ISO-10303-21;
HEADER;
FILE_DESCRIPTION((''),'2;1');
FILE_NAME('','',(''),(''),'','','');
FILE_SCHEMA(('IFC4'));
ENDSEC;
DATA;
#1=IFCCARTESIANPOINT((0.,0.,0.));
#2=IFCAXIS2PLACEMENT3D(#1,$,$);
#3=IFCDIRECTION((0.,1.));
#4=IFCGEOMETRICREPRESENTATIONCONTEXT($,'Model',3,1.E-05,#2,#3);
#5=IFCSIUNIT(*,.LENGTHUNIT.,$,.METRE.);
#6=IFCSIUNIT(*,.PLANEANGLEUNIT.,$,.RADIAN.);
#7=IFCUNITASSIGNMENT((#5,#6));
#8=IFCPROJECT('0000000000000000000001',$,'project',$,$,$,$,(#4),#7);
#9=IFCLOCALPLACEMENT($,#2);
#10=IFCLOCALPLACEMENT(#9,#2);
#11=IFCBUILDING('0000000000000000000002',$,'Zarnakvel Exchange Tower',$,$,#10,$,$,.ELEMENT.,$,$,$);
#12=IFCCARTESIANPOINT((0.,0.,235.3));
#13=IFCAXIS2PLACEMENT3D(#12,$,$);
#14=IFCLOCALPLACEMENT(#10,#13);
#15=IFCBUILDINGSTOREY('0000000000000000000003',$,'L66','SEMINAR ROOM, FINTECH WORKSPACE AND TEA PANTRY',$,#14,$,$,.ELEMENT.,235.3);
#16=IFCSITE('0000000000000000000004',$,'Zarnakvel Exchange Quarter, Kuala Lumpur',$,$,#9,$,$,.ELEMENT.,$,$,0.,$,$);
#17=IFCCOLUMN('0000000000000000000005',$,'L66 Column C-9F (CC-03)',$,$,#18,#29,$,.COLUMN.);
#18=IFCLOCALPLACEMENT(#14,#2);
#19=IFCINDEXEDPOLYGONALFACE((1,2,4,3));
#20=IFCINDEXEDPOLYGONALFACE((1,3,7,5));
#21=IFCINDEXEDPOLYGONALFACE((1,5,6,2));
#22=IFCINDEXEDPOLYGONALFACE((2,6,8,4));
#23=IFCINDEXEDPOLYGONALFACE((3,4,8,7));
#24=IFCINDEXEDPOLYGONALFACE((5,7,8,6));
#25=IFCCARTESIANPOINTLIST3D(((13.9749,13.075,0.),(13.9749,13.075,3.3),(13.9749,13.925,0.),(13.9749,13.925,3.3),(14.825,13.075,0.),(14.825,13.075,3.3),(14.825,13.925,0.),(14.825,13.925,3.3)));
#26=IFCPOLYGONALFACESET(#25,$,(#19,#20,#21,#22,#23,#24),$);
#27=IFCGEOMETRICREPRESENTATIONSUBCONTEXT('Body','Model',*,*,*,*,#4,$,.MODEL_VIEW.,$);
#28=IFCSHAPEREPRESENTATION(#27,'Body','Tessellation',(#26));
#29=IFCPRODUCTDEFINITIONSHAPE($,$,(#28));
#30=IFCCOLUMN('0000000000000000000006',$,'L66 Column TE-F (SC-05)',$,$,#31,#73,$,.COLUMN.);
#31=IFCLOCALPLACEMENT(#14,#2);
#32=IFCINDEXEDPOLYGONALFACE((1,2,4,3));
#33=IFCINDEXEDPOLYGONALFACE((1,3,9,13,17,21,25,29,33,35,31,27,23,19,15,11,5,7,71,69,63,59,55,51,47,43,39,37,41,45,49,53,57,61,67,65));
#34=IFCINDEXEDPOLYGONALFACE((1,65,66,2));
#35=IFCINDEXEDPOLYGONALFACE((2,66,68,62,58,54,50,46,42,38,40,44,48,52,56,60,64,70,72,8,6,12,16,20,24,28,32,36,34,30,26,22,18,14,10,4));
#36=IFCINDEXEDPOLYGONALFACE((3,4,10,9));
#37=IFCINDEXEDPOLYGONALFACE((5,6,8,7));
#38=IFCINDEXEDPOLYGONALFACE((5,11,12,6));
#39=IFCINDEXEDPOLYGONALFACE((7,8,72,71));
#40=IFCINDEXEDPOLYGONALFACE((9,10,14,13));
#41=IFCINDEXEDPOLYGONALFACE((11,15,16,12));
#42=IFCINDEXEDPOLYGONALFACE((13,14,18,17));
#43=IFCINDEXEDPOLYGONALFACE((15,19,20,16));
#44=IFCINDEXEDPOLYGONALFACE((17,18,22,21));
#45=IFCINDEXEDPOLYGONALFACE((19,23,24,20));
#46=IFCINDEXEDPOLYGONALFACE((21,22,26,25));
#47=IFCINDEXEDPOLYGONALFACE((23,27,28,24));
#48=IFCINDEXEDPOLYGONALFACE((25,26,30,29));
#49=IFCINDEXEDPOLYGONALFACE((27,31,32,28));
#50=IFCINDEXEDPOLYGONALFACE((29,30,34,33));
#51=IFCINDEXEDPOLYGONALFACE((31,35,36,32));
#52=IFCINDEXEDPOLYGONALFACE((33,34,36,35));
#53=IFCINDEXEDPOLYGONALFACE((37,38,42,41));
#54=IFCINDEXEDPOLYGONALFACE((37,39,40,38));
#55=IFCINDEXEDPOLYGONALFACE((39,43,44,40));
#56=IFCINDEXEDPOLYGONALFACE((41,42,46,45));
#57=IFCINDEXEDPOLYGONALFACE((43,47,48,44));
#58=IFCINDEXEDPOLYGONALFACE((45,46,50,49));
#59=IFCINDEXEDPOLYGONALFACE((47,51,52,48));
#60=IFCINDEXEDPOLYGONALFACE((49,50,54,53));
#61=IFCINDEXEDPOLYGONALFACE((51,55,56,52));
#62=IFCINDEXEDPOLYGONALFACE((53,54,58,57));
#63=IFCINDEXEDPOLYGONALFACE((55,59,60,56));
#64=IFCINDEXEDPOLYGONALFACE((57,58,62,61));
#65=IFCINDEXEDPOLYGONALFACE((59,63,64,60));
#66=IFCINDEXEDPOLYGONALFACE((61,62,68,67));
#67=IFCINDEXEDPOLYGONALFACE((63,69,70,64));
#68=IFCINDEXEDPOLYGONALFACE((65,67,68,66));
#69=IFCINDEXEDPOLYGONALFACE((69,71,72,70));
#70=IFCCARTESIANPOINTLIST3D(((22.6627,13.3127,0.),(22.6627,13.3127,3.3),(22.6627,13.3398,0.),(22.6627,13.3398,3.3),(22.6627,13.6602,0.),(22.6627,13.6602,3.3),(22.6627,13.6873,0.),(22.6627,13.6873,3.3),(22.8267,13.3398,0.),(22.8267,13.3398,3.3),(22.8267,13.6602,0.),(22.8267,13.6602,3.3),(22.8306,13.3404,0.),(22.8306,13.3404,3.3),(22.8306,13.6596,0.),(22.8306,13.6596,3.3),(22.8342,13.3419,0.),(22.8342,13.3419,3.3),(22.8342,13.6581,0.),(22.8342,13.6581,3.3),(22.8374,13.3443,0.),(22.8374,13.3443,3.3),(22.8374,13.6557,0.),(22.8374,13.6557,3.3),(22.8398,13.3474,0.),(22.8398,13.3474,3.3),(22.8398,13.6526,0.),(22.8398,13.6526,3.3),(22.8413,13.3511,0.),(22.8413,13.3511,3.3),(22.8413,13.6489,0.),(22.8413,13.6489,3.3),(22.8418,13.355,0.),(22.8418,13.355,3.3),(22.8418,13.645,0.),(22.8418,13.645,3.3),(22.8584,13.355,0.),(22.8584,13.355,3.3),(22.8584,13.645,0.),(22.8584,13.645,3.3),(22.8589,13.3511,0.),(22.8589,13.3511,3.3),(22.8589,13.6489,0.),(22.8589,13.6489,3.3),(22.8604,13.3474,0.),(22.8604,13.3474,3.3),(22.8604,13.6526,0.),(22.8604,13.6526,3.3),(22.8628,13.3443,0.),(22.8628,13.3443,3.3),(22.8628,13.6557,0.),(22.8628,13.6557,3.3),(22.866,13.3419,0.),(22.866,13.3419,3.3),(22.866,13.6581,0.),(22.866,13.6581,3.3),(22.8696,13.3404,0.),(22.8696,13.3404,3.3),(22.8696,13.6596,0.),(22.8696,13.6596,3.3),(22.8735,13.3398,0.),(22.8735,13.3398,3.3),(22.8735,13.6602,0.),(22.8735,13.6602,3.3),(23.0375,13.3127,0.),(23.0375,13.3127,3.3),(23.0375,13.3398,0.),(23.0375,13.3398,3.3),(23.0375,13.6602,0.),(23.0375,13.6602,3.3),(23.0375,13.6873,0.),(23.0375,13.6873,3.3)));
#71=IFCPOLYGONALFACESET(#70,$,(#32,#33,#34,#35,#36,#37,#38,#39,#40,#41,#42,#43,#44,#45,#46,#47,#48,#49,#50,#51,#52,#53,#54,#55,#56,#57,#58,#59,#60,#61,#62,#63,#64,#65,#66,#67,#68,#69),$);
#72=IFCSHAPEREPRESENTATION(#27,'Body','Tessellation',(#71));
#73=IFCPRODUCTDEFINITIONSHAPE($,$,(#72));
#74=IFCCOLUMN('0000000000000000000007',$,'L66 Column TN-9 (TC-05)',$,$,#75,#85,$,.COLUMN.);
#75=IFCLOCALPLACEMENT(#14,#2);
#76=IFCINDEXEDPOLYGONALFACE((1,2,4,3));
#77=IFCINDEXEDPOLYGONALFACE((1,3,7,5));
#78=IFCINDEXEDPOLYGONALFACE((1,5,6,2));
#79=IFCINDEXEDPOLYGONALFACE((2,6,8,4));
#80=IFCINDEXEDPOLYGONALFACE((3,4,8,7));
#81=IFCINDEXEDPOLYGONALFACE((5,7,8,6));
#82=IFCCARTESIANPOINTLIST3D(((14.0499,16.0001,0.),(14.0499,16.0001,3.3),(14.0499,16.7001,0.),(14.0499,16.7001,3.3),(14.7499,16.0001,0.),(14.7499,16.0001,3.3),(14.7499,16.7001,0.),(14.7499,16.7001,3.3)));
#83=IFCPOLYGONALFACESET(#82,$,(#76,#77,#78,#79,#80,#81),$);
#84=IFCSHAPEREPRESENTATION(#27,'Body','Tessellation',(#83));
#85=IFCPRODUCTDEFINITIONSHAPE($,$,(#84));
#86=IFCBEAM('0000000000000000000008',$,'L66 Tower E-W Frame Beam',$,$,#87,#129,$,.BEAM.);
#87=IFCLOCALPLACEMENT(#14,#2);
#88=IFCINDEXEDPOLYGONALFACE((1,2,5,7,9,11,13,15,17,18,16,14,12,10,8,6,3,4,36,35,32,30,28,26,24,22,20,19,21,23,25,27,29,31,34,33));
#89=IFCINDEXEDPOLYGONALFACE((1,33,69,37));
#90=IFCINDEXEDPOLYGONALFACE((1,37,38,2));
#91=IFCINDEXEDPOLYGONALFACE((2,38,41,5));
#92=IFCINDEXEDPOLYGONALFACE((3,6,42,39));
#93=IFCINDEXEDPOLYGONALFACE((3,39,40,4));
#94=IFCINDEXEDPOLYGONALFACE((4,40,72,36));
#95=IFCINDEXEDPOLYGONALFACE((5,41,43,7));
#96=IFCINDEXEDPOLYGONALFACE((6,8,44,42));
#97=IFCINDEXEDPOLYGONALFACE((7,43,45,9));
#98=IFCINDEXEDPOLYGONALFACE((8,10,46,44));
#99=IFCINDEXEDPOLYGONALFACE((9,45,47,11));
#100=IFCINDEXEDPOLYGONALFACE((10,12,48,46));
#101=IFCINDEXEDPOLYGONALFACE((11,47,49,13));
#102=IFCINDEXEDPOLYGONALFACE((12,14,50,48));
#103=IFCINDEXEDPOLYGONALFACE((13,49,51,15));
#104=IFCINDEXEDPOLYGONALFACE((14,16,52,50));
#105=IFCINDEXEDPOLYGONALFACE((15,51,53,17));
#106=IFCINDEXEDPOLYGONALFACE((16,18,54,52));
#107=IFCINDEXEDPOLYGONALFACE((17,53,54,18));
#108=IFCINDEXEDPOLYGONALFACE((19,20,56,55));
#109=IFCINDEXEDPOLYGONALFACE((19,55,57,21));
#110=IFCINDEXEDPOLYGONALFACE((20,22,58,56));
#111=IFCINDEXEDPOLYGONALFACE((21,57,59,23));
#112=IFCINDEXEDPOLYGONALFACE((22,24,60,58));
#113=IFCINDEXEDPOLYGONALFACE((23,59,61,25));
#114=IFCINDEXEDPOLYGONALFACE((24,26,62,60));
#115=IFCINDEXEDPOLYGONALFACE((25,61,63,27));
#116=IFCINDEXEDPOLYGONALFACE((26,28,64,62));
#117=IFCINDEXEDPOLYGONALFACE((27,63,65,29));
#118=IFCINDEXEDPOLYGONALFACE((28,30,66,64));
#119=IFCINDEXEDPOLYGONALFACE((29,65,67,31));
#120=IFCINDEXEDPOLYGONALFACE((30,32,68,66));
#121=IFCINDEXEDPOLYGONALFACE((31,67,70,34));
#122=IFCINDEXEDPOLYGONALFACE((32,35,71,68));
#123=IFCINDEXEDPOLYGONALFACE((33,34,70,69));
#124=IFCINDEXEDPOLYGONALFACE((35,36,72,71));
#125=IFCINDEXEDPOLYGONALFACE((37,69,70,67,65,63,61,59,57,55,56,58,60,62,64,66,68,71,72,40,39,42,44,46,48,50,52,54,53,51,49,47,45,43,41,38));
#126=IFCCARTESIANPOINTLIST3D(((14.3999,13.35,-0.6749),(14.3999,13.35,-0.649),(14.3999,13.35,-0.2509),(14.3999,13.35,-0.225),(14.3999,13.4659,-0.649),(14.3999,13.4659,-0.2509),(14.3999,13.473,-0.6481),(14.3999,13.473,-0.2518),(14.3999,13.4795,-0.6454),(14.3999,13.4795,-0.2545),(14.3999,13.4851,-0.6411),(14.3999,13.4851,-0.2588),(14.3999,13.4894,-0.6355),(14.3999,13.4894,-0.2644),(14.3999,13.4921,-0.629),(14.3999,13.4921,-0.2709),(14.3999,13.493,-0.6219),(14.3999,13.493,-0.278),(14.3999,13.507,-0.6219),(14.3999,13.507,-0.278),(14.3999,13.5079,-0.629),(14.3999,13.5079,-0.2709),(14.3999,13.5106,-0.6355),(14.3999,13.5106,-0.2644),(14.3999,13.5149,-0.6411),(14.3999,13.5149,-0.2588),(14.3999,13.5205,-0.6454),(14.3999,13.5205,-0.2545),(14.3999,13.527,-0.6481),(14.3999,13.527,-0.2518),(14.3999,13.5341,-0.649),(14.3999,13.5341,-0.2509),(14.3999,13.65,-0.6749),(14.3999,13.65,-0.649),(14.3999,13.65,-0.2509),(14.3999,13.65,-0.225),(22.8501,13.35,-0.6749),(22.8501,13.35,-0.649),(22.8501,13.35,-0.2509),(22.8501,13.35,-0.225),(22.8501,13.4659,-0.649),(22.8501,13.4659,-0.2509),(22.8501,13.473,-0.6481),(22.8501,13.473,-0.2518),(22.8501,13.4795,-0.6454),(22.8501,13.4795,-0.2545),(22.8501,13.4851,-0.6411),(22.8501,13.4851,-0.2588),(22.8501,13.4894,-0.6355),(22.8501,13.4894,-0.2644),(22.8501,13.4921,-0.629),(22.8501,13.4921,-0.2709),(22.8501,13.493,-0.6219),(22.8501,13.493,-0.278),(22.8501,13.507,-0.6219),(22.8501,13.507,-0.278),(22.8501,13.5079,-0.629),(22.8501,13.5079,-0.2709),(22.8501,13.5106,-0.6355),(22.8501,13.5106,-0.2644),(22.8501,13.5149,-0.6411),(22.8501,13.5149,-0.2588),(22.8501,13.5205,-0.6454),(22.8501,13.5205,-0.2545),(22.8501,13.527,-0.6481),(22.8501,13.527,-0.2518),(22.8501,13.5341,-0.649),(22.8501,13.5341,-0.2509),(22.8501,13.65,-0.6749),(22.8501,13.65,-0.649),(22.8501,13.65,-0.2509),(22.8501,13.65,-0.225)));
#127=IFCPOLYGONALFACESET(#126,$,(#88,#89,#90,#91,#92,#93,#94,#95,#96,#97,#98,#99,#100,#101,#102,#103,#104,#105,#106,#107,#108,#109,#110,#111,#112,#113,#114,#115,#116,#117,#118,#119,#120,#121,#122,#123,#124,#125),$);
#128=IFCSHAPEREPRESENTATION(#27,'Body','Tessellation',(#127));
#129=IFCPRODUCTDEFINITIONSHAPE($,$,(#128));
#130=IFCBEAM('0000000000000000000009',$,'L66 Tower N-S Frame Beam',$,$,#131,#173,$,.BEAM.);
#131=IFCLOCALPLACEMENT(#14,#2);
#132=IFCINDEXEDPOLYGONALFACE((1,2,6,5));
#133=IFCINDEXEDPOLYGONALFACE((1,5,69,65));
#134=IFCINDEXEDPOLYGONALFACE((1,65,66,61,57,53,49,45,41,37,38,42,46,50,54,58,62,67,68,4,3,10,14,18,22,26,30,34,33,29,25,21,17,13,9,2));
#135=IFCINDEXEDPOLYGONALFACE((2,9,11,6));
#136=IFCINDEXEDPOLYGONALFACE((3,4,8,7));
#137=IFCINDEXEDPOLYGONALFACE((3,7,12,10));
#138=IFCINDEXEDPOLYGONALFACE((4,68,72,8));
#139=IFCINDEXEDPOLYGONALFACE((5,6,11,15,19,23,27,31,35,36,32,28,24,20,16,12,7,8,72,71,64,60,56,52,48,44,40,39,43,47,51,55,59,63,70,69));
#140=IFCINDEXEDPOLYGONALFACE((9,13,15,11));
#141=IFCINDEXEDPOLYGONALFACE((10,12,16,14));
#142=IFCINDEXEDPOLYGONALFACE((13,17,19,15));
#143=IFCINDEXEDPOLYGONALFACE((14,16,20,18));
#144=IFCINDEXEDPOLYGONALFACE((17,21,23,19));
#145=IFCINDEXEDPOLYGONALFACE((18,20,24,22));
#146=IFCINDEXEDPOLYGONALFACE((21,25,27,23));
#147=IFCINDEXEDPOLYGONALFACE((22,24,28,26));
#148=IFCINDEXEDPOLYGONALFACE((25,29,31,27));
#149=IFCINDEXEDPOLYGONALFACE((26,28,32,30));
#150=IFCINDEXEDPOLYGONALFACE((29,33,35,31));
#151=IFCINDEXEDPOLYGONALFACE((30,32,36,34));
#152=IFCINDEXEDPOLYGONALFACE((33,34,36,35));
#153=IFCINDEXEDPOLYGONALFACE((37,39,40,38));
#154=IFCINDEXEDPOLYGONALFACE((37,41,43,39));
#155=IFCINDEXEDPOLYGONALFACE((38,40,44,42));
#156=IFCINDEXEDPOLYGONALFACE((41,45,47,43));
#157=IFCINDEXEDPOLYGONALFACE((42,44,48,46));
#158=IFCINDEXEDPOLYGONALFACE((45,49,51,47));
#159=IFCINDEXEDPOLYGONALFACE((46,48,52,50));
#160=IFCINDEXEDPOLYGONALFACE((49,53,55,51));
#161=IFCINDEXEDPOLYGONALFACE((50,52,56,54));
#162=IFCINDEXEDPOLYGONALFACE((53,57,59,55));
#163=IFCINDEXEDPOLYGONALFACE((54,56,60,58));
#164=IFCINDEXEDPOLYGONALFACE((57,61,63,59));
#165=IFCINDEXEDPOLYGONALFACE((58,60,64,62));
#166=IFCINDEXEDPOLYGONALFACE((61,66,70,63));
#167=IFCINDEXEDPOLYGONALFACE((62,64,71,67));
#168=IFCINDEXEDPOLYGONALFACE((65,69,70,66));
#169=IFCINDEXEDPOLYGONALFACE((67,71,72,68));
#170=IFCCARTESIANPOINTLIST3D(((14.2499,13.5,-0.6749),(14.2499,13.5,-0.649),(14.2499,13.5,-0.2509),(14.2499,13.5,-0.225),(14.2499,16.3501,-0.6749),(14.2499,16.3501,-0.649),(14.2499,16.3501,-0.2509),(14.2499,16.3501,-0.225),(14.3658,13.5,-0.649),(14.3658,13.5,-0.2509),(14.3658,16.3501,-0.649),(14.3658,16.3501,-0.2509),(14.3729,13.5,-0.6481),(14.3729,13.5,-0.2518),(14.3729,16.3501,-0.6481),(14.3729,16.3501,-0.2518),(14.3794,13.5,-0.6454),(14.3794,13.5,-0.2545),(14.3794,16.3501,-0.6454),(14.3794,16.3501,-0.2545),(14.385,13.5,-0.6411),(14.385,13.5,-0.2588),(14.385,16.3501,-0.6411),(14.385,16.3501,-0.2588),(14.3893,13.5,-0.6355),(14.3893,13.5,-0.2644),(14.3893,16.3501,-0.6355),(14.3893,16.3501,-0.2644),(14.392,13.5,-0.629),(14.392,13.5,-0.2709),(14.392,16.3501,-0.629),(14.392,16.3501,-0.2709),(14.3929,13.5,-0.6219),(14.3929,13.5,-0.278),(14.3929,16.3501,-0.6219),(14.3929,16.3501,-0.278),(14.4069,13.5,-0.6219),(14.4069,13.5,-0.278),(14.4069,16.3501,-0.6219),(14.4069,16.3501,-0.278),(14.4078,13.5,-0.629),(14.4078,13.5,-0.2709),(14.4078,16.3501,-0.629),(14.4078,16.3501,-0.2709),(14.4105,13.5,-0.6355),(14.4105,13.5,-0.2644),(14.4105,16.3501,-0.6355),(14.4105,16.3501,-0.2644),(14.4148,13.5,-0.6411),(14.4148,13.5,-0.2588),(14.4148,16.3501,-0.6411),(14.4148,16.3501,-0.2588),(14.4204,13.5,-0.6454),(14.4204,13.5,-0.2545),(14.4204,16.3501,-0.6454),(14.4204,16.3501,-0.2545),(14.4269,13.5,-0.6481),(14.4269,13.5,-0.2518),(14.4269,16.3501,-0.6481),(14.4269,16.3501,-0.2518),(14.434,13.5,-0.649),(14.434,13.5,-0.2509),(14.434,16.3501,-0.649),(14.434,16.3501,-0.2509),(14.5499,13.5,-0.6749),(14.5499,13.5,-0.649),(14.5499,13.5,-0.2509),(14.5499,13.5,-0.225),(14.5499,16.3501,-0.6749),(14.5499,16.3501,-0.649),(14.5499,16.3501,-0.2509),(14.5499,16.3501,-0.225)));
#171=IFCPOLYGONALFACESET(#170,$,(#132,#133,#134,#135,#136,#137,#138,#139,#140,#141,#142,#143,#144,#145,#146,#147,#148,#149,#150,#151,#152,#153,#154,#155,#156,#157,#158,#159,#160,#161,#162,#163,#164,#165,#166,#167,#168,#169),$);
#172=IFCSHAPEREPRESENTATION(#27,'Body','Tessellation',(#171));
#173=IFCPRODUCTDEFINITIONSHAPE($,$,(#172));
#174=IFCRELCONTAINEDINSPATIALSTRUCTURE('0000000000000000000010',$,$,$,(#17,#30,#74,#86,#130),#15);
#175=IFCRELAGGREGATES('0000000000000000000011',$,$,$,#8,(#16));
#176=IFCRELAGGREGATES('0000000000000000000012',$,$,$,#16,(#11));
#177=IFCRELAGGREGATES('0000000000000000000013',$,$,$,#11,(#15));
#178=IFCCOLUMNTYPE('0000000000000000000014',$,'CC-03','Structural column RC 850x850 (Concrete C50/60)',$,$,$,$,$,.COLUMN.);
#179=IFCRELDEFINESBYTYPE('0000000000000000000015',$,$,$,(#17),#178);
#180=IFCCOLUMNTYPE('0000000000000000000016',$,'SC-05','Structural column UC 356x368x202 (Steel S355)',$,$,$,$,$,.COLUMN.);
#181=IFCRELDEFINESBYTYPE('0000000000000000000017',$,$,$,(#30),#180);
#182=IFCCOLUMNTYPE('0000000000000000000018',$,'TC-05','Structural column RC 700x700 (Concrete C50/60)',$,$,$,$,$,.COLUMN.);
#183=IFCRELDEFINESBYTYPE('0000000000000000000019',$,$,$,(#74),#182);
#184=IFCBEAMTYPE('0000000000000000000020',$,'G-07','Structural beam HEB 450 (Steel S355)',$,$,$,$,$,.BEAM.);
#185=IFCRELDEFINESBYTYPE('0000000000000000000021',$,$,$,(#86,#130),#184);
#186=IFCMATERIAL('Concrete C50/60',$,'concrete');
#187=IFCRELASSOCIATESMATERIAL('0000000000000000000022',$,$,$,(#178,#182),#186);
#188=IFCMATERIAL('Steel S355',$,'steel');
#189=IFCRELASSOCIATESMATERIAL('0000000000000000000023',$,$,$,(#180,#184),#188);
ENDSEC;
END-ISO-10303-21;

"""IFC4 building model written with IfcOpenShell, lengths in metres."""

from ifc_helpers import new_model, si_unit, direction, frame, origin, origin_2d, place, context, subcontext, project, spatial, rectangle, i_section, extrude, material, material_profile, profile_set, type_object, element, save


model = new_model("IFC4")

# Units and contexts
model_context = context("Model", 3, precision=1e-05, world=origin(), true_north=direction((0.0, 1.0)))
body_context = subcontext(model_context, "Body", "Model", "MODEL_VIEW")
ifc_project = project(units=[si_unit("LENGTHUNIT", "METRE"), si_unit("PLANEANGLEUNIT", "RADIAN")], contexts=[model_context])

# Site, building, storey
site_placement = place(None, origin())
site = spatial("IfcSite", under=ifc_project, at=site_placement, Name="Zarnakvel Exchange Quarter, Kuala Lumpur", CompositionType="ELEMENT", RefElevation=0.0)
building_placement = place(site_placement, origin())
building = spatial("IfcBuilding", under=site, at=building_placement, Name="Zarnakvel Exchange Tower", CompositionType="ELEMENT")
storey_placement = place(building_placement, frame((0.0, 0.0, 235.3)))
storey = spatial("IfcBuildingStorey", under=building, at=storey_placement, Name="L66", Description="SEMINAR ROOM, FINTECH WORKSPACE AND TEA PANTRY", CompositionType="ELEMENT", Elevation=235.3)

# Columns
ifc_material_1 = material(Name="Concrete C50/60", Category="concrete")
ifc_material_profile_1 = material_profile(ifc_material_1, rectangle(XDim=0.8501, YDim=0.8501, at=origin_2d()))
ifc_profile_set_1 = profile_set([ifc_material_profile_1], Name="Concrete C50/60")
column_type_1 = type_object("IfcColumnType", Name="CC-03", Description="Structural column RC 850x850 (Concrete C50/60)", PredefinedType="COLUMN", material=ifc_profile_set_1)
column_1_placement = place(storey_placement, frame((14.3999, 13.5, 0.0), z_axis=(0.0, 0.0, 1.0), x_axis=(1.0, 0.0, 0.0)))
element("IfcColumn", 1, at=column_1_placement, inside=storey, type_object=column_type_1, Name="L66 Column C-9F (CC-03)", PredefinedType="COLUMN", context=body_context, shape_type="SweptSolid", body=[
    extrude(rectangle(XDim=0.8501, YDim=0.8501, at=origin_2d()), origin(), (0.0, 0.0, 1.0), 3.3),
])
ifc_material_2 = material(Name="Steel S355", Category="steel")
ifc_material_profile_2 = material_profile(ifc_material_2, i_section(OverallWidth=0.3748, OverallDepth=0.3745, WebThickness=0.0166, FlangeThickness=0.0271, FilletRadius=0.0151, at=origin_2d()))
ifc_profile_set_2 = profile_set([ifc_material_profile_2], Name="Steel S355")
column_type_2 = type_object("IfcColumnType", Name="SC-05", Description="Structural column UC 356x368x202 (Steel S355)", PredefinedType="COLUMN", material=ifc_profile_set_2)
column_2_placement = place(storey_placement, frame((22.8501, 13.5, 0.0), z_axis=(0.0, 0.0, 1.0), x_axis=(1.0, 0.0, 0.0)))
element("IfcColumn", 2, at=column_2_placement, inside=storey, type_object=column_type_2, Name="L66 Column TE-F (SC-05)", PredefinedType="COLUMN", context=body_context, shape_type="SweptSolid", body=[
    extrude(i_section(OverallWidth=0.3748, OverallDepth=0.3745, WebThickness=0.0166, FlangeThickness=0.0271, FilletRadius=0.0151, at=origin_2d()), origin(), (0.0, 0.0, 1.0), 3.3),
])
ifc_material_profile_3 = material_profile(ifc_material_1, rectangle(XDim=0.7, YDim=0.7, at=origin_2d()))
ifc_profile_set_3 = profile_set([ifc_material_profile_3], Name="Concrete C50/60")
column_type_3 = type_object("IfcColumnType", Name="TC-05", Description="Structural column RC 700x700 (Concrete C50/60)", PredefinedType="COLUMN", material=ifc_profile_set_3)
column_3_placement = place(storey_placement, frame((14.3999, 16.3501, 0.0), z_axis=(0.0, 0.0, 1.0), x_axis=(1.0, 0.0, 0.0)))
element("IfcColumn", 3, at=column_3_placement, inside=storey, type_object=column_type_3, Name="L66 Column TN-9 (TC-05)", PredefinedType="COLUMN", context=body_context, shape_type="SweptSolid", body=[
    extrude(rectangle(XDim=0.7, YDim=0.7, at=origin_2d()), origin(), (0.0, 0.0, 1.0), 3.3),
])

# Beams
ifc_material_profile_4 = material_profile(ifc_material_2, i_section(OverallWidth=0.3, OverallDepth=0.45, WebThickness=0.0139, FlangeThickness=0.0259, FilletRadius=0.0271, at=origin_2d()))
ifc_profile_set_4 = profile_set([ifc_material_profile_4], Name="Steel S355")
beam_type = type_object("IfcBeamType", Name="G-07", Description="Structural beam HEB 450 (Steel S355)", PredefinedType="BEAM", material=ifc_profile_set_4)
beam_1_placement = place(storey_placement, frame((14.3999, 13.5, -0.45), z_axis=(1.0, 0.0, 0.0), x_axis=(0.0, 1.0, 0.0)))
element("IfcBeam", 4, at=beam_1_placement, inside=storey, type_object=beam_type, Name="L66 Tower E-W Frame Beam", PredefinedType="BEAM", context=body_context, shape_type="SweptSolid", body=[
    extrude(i_section(OverallWidth=0.3, OverallDepth=0.45, WebThickness=0.0139, FlangeThickness=0.0259, FilletRadius=0.0271, at=origin_2d()), origin(), (0.0, 0.0, 1.0), 8.4502),
])
beam_2_placement = place(storey_placement, frame((14.3999, 13.5, -0.45), z_axis=(0.0, 1.0, 0.0), x_axis=(-1.0, 0.0, 0.0)))
element("IfcBeam", 5, at=beam_2_placement, inside=storey, type_object=beam_type, Name="L66 Tower N-S Frame Beam", PredefinedType="BEAM", context=body_context, shape_type="SweptSolid", body=[
    extrude(i_section(OverallWidth=0.3, OverallDepth=0.45, WebThickness=0.0139, FlangeThickness=0.0259, FilletRadius=0.0271, at=origin_2d()), origin(), (0.0, 0.0, 1.0), 2.8501),
])

save(model, "model.ifc")
